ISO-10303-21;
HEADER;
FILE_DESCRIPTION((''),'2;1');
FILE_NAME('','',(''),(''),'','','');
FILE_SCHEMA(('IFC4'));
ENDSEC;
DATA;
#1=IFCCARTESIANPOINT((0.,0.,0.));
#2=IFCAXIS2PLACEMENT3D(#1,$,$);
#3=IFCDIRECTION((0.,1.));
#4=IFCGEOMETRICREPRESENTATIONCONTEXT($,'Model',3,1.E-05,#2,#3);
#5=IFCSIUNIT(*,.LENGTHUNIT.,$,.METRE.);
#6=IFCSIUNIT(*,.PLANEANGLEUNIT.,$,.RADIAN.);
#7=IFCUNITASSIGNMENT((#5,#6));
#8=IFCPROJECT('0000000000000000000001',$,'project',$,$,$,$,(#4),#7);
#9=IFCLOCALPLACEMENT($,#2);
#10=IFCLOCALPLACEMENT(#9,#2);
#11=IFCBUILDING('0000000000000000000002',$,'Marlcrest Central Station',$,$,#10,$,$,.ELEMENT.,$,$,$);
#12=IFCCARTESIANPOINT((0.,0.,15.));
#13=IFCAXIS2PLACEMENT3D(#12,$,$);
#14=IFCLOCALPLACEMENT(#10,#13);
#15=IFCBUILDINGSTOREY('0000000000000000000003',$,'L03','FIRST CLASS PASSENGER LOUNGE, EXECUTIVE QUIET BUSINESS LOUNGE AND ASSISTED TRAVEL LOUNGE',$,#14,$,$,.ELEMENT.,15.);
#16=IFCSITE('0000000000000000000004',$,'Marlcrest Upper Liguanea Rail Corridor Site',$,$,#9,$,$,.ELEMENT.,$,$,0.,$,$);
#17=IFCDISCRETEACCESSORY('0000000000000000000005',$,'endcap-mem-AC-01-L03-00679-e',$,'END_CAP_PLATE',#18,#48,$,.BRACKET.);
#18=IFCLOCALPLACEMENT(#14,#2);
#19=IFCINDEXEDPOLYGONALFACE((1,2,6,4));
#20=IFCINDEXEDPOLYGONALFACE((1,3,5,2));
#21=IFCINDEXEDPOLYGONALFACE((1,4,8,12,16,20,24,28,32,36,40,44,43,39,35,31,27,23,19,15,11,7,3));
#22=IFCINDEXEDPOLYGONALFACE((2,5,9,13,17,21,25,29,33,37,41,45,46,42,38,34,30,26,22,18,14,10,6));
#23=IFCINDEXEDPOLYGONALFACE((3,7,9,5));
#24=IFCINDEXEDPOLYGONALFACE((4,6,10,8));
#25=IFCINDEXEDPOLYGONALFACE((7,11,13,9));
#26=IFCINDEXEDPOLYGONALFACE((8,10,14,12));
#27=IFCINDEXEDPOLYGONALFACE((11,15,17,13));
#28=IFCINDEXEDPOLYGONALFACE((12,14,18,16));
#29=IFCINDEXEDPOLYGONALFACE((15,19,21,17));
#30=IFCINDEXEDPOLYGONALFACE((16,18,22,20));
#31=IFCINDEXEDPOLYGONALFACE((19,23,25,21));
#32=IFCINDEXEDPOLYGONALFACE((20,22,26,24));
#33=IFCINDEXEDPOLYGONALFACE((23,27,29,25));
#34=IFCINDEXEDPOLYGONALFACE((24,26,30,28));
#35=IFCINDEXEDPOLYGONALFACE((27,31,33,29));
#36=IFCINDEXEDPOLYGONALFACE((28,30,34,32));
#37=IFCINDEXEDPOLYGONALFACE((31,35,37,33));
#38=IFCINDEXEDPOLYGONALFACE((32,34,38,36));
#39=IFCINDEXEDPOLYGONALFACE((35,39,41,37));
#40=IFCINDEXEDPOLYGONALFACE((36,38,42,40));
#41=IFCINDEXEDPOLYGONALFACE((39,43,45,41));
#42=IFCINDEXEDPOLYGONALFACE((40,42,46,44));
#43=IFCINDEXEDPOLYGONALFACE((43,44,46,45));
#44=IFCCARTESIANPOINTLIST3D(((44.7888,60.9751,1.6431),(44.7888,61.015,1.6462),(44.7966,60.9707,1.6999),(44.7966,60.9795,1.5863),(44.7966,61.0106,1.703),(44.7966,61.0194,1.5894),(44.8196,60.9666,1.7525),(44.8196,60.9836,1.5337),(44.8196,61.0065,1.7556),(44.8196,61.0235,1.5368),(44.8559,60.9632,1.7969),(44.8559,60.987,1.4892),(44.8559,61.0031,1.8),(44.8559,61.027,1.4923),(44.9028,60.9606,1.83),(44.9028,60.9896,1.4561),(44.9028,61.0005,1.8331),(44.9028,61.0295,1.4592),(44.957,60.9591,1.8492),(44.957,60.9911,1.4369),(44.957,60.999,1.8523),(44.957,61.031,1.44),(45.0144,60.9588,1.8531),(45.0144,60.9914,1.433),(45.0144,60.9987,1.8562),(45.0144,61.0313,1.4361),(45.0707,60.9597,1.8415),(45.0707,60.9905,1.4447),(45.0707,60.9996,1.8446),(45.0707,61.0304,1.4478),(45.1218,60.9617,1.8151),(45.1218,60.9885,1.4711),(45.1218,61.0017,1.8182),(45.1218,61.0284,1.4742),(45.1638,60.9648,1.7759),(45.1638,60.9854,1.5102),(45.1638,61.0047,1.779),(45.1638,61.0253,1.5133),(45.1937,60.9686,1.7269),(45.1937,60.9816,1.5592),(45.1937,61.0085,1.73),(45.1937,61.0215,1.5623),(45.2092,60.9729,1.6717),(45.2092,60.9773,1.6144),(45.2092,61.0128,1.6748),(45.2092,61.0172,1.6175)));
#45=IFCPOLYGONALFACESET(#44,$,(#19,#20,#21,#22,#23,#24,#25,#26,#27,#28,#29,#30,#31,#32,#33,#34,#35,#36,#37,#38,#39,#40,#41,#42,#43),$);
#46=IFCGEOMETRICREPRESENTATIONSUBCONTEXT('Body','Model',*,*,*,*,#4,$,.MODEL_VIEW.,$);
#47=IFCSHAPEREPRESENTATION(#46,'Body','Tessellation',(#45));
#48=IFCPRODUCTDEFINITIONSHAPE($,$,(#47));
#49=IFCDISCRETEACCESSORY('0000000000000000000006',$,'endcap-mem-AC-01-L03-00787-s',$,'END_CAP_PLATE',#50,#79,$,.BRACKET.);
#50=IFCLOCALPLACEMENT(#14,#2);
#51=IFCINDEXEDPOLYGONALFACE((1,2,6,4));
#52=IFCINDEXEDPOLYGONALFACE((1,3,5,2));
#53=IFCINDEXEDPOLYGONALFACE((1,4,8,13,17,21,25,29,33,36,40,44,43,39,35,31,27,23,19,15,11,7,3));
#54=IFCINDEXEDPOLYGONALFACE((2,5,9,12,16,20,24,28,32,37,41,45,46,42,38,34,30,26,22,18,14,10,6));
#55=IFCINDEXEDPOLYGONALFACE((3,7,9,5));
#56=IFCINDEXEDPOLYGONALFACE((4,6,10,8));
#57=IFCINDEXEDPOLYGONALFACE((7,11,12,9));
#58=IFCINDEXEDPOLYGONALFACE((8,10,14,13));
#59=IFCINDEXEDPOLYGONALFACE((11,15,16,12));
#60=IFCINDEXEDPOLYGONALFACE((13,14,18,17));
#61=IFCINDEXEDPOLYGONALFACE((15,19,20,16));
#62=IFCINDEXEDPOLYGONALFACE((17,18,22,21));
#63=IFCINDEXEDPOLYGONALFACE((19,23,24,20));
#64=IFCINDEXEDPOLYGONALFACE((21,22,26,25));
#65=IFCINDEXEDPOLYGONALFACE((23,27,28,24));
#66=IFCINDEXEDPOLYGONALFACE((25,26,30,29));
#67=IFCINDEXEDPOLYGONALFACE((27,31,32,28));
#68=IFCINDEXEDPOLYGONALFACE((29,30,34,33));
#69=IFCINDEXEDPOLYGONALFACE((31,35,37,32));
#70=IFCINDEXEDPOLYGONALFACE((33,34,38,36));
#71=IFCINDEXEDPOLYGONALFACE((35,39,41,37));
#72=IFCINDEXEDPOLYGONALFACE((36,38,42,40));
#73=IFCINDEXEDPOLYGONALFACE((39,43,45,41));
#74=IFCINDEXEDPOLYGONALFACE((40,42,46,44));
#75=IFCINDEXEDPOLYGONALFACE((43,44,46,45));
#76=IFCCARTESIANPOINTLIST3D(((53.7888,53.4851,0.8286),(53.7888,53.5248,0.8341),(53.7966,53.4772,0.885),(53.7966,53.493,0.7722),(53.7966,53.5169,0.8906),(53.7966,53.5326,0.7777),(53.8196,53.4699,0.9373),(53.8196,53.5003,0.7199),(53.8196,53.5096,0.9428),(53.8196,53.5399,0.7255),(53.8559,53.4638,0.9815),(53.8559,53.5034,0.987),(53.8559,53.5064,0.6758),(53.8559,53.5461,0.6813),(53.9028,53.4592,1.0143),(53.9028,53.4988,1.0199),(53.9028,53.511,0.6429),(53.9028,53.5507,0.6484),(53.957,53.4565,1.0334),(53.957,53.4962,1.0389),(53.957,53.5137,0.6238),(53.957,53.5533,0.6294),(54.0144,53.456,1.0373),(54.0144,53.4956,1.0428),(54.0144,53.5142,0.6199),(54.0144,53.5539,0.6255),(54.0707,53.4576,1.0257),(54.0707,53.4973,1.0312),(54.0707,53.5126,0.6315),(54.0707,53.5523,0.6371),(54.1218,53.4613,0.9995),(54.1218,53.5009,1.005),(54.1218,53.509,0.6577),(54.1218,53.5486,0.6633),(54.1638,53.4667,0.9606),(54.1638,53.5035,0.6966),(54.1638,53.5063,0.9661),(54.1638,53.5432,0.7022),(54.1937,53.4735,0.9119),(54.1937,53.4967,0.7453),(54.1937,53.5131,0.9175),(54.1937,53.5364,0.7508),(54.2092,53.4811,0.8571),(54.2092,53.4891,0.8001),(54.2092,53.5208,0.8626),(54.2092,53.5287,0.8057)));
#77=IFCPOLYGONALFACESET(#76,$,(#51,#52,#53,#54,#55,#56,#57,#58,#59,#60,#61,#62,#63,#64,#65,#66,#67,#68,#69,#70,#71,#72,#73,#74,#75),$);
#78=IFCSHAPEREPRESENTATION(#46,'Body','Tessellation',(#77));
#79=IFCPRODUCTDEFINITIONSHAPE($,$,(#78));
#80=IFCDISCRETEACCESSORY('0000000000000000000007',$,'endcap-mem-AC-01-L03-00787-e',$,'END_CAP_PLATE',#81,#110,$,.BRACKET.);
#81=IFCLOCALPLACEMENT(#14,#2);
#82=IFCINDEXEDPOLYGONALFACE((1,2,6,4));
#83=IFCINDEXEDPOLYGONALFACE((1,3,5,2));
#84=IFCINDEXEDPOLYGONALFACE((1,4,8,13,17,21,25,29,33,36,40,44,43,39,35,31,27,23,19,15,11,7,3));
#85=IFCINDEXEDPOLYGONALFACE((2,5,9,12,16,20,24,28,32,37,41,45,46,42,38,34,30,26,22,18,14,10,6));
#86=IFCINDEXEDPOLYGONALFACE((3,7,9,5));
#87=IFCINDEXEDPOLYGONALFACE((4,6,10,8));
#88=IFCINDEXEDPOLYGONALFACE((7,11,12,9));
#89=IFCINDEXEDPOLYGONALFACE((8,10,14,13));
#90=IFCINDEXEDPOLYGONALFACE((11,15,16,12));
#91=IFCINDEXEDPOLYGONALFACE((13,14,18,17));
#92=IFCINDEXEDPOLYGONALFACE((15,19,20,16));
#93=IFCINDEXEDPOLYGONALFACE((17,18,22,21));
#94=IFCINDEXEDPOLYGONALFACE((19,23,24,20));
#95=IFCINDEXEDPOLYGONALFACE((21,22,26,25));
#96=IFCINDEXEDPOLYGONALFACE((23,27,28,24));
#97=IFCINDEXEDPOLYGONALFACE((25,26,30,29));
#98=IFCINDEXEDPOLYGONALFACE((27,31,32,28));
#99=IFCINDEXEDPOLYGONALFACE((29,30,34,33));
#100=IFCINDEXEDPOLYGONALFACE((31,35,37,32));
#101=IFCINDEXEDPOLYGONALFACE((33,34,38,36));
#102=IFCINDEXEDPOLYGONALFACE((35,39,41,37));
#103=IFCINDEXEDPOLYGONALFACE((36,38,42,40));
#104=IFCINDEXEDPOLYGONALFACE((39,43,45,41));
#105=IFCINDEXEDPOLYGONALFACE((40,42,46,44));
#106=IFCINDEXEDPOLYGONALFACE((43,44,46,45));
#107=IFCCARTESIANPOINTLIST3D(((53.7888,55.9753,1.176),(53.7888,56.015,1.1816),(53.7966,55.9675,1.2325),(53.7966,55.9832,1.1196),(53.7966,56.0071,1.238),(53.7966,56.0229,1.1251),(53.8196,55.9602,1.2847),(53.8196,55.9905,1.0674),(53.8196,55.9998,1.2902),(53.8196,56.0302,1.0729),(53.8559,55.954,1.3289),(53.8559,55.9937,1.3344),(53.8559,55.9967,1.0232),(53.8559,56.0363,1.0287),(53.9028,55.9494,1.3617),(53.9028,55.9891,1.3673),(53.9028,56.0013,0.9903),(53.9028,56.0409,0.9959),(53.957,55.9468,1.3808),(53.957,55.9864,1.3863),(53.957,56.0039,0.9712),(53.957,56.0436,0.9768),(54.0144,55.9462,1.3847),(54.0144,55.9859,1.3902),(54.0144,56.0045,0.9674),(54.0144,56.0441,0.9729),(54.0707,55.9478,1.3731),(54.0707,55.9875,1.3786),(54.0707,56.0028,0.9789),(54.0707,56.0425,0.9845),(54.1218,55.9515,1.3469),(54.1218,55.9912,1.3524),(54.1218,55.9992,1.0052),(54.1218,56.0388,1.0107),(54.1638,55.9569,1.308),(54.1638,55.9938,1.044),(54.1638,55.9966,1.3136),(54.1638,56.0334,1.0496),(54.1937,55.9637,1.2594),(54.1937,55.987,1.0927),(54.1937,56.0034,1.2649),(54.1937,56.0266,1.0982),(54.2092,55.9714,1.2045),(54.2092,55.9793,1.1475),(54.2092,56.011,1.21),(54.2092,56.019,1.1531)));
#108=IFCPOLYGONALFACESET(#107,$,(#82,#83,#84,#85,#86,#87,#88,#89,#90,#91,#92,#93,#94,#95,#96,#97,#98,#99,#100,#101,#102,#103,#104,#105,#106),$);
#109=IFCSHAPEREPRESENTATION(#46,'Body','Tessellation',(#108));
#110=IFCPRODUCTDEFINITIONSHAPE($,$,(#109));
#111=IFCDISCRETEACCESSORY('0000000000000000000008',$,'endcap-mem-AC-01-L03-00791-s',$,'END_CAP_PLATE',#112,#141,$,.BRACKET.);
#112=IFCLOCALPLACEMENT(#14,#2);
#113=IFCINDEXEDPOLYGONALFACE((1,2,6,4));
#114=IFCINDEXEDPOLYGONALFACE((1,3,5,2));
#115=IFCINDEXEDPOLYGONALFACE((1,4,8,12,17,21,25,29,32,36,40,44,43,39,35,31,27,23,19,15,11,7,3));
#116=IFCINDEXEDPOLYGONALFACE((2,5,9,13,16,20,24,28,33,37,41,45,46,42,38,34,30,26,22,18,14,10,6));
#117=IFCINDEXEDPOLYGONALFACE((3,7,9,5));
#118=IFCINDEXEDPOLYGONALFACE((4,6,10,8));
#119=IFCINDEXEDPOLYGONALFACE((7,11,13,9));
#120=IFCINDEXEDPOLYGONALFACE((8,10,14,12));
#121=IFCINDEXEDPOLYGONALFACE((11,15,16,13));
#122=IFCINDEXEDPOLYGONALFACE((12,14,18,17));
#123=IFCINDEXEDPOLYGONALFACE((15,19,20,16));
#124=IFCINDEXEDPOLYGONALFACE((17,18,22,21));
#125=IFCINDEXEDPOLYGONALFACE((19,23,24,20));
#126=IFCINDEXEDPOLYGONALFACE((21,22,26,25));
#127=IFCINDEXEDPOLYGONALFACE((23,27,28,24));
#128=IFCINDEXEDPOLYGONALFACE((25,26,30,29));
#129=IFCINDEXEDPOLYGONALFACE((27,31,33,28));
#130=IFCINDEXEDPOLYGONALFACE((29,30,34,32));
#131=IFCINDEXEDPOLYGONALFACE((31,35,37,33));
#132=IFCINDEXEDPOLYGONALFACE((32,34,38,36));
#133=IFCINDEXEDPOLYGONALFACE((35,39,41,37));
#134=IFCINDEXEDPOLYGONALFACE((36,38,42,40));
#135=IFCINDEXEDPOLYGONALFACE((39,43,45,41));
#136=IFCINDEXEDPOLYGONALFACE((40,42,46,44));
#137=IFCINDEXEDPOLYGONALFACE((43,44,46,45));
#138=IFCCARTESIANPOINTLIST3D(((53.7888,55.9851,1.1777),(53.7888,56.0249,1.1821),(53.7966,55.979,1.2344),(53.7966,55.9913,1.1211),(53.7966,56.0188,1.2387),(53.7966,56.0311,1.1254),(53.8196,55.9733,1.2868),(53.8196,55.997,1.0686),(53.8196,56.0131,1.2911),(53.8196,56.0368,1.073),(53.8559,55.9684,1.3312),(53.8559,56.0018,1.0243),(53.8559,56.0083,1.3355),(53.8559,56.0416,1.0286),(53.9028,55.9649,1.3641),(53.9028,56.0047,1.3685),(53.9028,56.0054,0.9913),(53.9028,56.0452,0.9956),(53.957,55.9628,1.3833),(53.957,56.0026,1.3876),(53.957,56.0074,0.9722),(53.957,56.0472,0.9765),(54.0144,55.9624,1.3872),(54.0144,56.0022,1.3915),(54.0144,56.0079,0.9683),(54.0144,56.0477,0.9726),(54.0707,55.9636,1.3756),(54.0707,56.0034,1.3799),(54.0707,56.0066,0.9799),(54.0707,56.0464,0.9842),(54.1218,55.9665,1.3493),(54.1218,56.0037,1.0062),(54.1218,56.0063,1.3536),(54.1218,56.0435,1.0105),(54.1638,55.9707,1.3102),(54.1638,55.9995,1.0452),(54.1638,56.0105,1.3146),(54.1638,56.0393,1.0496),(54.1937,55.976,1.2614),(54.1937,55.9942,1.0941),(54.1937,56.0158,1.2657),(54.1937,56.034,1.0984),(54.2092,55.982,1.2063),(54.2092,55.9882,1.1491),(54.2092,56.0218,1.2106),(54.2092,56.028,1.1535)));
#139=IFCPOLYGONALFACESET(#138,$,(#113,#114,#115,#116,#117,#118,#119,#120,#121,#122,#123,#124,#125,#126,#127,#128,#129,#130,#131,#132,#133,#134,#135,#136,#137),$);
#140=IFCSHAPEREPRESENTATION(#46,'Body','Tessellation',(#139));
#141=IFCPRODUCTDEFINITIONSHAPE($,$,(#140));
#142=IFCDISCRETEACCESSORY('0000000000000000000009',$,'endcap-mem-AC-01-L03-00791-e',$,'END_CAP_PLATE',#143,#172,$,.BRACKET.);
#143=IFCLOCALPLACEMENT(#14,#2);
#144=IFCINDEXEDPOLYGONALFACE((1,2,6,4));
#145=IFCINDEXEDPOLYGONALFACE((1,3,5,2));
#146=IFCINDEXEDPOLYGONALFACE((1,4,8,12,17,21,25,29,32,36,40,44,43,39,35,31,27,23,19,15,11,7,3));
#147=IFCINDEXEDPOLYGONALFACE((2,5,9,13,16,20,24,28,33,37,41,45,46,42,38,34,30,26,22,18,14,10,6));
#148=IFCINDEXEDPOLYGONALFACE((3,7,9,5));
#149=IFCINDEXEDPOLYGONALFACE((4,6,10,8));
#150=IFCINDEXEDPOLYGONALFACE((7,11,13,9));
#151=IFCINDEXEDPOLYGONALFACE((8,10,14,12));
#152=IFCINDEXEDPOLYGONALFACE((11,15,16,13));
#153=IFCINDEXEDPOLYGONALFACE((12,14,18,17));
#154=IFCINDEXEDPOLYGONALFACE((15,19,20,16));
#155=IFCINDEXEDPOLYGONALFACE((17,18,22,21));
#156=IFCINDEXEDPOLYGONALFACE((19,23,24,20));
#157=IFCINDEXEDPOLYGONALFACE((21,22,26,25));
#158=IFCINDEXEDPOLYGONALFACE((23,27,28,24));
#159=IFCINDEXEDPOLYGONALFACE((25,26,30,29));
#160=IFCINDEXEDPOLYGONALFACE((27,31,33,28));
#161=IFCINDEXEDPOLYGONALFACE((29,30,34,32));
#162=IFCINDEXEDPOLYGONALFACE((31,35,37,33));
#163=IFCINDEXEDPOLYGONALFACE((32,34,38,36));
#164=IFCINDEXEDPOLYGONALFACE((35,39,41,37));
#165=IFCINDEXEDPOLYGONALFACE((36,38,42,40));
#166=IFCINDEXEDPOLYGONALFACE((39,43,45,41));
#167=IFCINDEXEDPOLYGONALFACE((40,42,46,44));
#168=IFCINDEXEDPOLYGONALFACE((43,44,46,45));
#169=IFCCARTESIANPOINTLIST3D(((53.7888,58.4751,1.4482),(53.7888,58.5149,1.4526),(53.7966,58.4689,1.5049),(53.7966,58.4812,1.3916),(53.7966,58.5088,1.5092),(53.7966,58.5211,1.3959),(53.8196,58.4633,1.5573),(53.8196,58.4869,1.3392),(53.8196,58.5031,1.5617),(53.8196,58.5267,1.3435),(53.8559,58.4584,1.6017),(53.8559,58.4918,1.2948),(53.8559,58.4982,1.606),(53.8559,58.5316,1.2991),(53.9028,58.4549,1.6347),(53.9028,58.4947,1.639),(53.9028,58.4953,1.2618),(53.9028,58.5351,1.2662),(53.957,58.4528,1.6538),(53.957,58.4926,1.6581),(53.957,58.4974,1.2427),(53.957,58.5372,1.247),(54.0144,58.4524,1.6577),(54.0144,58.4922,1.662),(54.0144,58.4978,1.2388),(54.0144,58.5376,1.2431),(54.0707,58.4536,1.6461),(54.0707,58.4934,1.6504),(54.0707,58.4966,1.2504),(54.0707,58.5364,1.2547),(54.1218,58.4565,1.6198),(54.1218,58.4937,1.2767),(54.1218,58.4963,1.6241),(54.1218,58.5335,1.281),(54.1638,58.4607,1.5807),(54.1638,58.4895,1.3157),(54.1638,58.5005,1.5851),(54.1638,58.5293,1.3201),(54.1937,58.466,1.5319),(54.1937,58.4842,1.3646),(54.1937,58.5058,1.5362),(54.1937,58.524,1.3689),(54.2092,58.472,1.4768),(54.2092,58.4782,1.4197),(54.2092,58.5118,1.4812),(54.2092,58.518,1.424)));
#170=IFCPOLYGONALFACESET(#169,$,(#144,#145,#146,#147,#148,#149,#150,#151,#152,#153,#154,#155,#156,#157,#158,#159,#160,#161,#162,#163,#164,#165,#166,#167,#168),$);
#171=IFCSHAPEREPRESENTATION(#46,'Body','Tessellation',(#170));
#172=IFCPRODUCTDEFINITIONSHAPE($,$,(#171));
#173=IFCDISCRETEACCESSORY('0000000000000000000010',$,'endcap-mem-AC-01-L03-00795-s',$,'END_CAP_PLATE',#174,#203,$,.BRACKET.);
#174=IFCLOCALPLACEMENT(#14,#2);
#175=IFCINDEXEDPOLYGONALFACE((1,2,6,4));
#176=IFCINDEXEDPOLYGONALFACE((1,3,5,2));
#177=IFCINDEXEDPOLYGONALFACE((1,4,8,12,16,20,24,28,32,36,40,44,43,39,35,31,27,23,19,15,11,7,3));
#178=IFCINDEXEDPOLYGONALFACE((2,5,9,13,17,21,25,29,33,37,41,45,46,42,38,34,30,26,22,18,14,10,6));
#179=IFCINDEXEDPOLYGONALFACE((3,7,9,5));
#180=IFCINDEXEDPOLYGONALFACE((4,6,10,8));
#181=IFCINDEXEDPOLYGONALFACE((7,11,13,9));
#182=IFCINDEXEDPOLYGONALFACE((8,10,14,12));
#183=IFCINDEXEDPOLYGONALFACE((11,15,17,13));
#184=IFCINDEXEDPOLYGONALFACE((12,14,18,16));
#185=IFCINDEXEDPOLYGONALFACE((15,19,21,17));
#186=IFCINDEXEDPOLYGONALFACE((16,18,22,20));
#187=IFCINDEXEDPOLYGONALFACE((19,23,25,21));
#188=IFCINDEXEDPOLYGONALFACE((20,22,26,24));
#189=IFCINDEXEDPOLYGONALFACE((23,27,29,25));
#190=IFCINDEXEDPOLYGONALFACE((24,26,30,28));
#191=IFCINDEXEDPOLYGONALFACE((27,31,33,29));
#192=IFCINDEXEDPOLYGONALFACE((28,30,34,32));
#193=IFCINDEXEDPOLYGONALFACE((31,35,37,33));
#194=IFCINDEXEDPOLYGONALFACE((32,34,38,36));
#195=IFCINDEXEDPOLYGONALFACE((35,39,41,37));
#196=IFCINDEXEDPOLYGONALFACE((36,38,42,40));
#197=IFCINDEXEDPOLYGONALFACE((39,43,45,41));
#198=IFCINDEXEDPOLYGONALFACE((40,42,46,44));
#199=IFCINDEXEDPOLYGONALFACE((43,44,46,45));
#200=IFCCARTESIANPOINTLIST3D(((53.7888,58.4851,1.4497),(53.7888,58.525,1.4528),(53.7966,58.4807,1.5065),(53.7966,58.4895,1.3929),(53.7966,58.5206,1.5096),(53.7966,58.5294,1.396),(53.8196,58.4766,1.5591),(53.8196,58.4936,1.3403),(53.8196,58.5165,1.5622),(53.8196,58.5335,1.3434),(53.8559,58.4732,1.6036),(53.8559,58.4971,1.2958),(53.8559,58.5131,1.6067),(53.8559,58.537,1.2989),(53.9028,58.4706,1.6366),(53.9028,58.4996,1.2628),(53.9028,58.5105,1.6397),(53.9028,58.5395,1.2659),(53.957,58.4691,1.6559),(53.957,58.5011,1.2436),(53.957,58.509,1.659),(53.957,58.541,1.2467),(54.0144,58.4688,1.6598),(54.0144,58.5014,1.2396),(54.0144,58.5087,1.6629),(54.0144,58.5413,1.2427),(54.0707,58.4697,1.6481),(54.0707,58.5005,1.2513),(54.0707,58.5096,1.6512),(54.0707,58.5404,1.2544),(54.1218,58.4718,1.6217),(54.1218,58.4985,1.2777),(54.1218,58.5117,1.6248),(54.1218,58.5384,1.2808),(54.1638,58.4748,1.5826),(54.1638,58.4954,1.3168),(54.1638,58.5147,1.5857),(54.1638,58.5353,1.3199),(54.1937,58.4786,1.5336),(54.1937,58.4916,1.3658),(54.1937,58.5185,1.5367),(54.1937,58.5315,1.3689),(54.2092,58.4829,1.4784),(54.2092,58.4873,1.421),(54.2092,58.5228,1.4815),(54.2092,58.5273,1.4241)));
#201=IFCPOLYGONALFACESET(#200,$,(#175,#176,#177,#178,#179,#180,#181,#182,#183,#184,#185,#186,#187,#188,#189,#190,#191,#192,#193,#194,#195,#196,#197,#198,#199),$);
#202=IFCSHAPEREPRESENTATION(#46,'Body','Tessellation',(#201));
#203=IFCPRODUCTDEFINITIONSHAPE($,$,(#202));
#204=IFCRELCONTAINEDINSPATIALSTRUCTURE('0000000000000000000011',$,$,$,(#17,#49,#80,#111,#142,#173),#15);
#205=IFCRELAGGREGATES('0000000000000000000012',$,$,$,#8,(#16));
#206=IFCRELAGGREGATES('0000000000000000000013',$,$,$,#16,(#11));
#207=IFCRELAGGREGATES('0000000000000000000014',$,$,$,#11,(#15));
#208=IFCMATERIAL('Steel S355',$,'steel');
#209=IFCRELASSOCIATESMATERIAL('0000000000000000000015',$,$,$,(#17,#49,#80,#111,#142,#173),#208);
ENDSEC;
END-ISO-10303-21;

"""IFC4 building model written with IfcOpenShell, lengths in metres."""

from ifc_helpers import new_model, si_unit, direction, frame, origin, origin_2d, place, context, subcontext, project, spatial, circle, extrude, material, element, save


model = new_model("IFC4")

# Units and contexts
model_context = context("Model", 3, precision=1e-05, world=origin(), true_north=direction((0.0, 1.0)))
body_context = subcontext(model_context, "Body", "Model", "MODEL_VIEW")
ifc_project = project(units=[si_unit("LENGTHUNIT", "METRE"), si_unit("PLANEANGLEUNIT", "RADIAN")], contexts=[model_context])

# Site, building, storey
site_placement = place(None, origin())
site = spatial("IfcSite", under=ifc_project, at=site_placement, Name="Marlcrest Upper Liguanea Rail Corridor Site", CompositionType="ELEMENT", RefElevation=0.0)
building_placement = place(site_placement, origin())
building = spatial("IfcBuilding", under=site, at=building_placement, Name="Marlcrest Central Station", CompositionType="ELEMENT")
storey_placement = place(building_placement, frame((0.0, 0.0, 15.0)))
storey = spatial("IfcBuildingStorey", under=building, at=storey_placement, Name="L03", Description="FIRST CLASS PASSENGER LOUNGE, EXECUTIVE QUIET BUSINESS LOUNGE AND ASSISTED TRAVEL LOUNGE", CompositionType="ELEMENT", Elevation=15.0)

# Shared definitions
ifc_material_1 = material(Name="Steel S355", Category="steel")

# Discrete accessories
for number, where, z_axis, x_axis, name in (
    (1, (45.0, 60.9751, 1.6431), (0.0, 0.997, 0.077404), (-1.0, 0.0, 0.0), "endcap-mem-AC-01-L03-00679-e"),
    (2, (54.0, 53.4851, 0.8286), (0.0, 0.990403, 0.138211), (-1.0, 0.0, 0.0), "endcap-mem-AC-01-L03-00787-s"),
    (3, (54.0, 55.9753, 1.176), (0.0, 0.990403, 0.138211), (-1.0, 0.0, 0.0), "endcap-mem-AC-01-L03-00787-e"),
    (4, (54.0, 55.9851, 1.1777), (0.0, 0.994155, 0.107959), (-1.0, 0.0, 0.0), "endcap-mem-AC-01-L03-00791-s"),
    (5, (54.0, 58.4751, 1.4482), (0.0, 0.994155, 0.107959), (-1.0, 0.0, 0.0), "endcap-mem-AC-01-L03-00791-e"),
    (6, (54.0, 58.4851, 1.4497), (0.0, 0.997, 0.077404), (-1.0, 0.0, 0.0), "endcap-mem-AC-01-L03-00795-s"),
):
    element("IfcDiscreteAccessory", number, at=place(storey_placement, frame(where, z_axis=z_axis, x_axis=x_axis)), inside=storey, material=ifc_material_1, Name=name, ObjectType="END_CAP_PLATE", PredefinedType="BRACKET", context=body_context, shape_type="SweptSolid", body=[
        extrude(circle(Radius=0.2112, at=origin_2d()), origin(), (0.0, 0.0, 1.0), 0.04),
    ])

save(model, "model.ifc")
